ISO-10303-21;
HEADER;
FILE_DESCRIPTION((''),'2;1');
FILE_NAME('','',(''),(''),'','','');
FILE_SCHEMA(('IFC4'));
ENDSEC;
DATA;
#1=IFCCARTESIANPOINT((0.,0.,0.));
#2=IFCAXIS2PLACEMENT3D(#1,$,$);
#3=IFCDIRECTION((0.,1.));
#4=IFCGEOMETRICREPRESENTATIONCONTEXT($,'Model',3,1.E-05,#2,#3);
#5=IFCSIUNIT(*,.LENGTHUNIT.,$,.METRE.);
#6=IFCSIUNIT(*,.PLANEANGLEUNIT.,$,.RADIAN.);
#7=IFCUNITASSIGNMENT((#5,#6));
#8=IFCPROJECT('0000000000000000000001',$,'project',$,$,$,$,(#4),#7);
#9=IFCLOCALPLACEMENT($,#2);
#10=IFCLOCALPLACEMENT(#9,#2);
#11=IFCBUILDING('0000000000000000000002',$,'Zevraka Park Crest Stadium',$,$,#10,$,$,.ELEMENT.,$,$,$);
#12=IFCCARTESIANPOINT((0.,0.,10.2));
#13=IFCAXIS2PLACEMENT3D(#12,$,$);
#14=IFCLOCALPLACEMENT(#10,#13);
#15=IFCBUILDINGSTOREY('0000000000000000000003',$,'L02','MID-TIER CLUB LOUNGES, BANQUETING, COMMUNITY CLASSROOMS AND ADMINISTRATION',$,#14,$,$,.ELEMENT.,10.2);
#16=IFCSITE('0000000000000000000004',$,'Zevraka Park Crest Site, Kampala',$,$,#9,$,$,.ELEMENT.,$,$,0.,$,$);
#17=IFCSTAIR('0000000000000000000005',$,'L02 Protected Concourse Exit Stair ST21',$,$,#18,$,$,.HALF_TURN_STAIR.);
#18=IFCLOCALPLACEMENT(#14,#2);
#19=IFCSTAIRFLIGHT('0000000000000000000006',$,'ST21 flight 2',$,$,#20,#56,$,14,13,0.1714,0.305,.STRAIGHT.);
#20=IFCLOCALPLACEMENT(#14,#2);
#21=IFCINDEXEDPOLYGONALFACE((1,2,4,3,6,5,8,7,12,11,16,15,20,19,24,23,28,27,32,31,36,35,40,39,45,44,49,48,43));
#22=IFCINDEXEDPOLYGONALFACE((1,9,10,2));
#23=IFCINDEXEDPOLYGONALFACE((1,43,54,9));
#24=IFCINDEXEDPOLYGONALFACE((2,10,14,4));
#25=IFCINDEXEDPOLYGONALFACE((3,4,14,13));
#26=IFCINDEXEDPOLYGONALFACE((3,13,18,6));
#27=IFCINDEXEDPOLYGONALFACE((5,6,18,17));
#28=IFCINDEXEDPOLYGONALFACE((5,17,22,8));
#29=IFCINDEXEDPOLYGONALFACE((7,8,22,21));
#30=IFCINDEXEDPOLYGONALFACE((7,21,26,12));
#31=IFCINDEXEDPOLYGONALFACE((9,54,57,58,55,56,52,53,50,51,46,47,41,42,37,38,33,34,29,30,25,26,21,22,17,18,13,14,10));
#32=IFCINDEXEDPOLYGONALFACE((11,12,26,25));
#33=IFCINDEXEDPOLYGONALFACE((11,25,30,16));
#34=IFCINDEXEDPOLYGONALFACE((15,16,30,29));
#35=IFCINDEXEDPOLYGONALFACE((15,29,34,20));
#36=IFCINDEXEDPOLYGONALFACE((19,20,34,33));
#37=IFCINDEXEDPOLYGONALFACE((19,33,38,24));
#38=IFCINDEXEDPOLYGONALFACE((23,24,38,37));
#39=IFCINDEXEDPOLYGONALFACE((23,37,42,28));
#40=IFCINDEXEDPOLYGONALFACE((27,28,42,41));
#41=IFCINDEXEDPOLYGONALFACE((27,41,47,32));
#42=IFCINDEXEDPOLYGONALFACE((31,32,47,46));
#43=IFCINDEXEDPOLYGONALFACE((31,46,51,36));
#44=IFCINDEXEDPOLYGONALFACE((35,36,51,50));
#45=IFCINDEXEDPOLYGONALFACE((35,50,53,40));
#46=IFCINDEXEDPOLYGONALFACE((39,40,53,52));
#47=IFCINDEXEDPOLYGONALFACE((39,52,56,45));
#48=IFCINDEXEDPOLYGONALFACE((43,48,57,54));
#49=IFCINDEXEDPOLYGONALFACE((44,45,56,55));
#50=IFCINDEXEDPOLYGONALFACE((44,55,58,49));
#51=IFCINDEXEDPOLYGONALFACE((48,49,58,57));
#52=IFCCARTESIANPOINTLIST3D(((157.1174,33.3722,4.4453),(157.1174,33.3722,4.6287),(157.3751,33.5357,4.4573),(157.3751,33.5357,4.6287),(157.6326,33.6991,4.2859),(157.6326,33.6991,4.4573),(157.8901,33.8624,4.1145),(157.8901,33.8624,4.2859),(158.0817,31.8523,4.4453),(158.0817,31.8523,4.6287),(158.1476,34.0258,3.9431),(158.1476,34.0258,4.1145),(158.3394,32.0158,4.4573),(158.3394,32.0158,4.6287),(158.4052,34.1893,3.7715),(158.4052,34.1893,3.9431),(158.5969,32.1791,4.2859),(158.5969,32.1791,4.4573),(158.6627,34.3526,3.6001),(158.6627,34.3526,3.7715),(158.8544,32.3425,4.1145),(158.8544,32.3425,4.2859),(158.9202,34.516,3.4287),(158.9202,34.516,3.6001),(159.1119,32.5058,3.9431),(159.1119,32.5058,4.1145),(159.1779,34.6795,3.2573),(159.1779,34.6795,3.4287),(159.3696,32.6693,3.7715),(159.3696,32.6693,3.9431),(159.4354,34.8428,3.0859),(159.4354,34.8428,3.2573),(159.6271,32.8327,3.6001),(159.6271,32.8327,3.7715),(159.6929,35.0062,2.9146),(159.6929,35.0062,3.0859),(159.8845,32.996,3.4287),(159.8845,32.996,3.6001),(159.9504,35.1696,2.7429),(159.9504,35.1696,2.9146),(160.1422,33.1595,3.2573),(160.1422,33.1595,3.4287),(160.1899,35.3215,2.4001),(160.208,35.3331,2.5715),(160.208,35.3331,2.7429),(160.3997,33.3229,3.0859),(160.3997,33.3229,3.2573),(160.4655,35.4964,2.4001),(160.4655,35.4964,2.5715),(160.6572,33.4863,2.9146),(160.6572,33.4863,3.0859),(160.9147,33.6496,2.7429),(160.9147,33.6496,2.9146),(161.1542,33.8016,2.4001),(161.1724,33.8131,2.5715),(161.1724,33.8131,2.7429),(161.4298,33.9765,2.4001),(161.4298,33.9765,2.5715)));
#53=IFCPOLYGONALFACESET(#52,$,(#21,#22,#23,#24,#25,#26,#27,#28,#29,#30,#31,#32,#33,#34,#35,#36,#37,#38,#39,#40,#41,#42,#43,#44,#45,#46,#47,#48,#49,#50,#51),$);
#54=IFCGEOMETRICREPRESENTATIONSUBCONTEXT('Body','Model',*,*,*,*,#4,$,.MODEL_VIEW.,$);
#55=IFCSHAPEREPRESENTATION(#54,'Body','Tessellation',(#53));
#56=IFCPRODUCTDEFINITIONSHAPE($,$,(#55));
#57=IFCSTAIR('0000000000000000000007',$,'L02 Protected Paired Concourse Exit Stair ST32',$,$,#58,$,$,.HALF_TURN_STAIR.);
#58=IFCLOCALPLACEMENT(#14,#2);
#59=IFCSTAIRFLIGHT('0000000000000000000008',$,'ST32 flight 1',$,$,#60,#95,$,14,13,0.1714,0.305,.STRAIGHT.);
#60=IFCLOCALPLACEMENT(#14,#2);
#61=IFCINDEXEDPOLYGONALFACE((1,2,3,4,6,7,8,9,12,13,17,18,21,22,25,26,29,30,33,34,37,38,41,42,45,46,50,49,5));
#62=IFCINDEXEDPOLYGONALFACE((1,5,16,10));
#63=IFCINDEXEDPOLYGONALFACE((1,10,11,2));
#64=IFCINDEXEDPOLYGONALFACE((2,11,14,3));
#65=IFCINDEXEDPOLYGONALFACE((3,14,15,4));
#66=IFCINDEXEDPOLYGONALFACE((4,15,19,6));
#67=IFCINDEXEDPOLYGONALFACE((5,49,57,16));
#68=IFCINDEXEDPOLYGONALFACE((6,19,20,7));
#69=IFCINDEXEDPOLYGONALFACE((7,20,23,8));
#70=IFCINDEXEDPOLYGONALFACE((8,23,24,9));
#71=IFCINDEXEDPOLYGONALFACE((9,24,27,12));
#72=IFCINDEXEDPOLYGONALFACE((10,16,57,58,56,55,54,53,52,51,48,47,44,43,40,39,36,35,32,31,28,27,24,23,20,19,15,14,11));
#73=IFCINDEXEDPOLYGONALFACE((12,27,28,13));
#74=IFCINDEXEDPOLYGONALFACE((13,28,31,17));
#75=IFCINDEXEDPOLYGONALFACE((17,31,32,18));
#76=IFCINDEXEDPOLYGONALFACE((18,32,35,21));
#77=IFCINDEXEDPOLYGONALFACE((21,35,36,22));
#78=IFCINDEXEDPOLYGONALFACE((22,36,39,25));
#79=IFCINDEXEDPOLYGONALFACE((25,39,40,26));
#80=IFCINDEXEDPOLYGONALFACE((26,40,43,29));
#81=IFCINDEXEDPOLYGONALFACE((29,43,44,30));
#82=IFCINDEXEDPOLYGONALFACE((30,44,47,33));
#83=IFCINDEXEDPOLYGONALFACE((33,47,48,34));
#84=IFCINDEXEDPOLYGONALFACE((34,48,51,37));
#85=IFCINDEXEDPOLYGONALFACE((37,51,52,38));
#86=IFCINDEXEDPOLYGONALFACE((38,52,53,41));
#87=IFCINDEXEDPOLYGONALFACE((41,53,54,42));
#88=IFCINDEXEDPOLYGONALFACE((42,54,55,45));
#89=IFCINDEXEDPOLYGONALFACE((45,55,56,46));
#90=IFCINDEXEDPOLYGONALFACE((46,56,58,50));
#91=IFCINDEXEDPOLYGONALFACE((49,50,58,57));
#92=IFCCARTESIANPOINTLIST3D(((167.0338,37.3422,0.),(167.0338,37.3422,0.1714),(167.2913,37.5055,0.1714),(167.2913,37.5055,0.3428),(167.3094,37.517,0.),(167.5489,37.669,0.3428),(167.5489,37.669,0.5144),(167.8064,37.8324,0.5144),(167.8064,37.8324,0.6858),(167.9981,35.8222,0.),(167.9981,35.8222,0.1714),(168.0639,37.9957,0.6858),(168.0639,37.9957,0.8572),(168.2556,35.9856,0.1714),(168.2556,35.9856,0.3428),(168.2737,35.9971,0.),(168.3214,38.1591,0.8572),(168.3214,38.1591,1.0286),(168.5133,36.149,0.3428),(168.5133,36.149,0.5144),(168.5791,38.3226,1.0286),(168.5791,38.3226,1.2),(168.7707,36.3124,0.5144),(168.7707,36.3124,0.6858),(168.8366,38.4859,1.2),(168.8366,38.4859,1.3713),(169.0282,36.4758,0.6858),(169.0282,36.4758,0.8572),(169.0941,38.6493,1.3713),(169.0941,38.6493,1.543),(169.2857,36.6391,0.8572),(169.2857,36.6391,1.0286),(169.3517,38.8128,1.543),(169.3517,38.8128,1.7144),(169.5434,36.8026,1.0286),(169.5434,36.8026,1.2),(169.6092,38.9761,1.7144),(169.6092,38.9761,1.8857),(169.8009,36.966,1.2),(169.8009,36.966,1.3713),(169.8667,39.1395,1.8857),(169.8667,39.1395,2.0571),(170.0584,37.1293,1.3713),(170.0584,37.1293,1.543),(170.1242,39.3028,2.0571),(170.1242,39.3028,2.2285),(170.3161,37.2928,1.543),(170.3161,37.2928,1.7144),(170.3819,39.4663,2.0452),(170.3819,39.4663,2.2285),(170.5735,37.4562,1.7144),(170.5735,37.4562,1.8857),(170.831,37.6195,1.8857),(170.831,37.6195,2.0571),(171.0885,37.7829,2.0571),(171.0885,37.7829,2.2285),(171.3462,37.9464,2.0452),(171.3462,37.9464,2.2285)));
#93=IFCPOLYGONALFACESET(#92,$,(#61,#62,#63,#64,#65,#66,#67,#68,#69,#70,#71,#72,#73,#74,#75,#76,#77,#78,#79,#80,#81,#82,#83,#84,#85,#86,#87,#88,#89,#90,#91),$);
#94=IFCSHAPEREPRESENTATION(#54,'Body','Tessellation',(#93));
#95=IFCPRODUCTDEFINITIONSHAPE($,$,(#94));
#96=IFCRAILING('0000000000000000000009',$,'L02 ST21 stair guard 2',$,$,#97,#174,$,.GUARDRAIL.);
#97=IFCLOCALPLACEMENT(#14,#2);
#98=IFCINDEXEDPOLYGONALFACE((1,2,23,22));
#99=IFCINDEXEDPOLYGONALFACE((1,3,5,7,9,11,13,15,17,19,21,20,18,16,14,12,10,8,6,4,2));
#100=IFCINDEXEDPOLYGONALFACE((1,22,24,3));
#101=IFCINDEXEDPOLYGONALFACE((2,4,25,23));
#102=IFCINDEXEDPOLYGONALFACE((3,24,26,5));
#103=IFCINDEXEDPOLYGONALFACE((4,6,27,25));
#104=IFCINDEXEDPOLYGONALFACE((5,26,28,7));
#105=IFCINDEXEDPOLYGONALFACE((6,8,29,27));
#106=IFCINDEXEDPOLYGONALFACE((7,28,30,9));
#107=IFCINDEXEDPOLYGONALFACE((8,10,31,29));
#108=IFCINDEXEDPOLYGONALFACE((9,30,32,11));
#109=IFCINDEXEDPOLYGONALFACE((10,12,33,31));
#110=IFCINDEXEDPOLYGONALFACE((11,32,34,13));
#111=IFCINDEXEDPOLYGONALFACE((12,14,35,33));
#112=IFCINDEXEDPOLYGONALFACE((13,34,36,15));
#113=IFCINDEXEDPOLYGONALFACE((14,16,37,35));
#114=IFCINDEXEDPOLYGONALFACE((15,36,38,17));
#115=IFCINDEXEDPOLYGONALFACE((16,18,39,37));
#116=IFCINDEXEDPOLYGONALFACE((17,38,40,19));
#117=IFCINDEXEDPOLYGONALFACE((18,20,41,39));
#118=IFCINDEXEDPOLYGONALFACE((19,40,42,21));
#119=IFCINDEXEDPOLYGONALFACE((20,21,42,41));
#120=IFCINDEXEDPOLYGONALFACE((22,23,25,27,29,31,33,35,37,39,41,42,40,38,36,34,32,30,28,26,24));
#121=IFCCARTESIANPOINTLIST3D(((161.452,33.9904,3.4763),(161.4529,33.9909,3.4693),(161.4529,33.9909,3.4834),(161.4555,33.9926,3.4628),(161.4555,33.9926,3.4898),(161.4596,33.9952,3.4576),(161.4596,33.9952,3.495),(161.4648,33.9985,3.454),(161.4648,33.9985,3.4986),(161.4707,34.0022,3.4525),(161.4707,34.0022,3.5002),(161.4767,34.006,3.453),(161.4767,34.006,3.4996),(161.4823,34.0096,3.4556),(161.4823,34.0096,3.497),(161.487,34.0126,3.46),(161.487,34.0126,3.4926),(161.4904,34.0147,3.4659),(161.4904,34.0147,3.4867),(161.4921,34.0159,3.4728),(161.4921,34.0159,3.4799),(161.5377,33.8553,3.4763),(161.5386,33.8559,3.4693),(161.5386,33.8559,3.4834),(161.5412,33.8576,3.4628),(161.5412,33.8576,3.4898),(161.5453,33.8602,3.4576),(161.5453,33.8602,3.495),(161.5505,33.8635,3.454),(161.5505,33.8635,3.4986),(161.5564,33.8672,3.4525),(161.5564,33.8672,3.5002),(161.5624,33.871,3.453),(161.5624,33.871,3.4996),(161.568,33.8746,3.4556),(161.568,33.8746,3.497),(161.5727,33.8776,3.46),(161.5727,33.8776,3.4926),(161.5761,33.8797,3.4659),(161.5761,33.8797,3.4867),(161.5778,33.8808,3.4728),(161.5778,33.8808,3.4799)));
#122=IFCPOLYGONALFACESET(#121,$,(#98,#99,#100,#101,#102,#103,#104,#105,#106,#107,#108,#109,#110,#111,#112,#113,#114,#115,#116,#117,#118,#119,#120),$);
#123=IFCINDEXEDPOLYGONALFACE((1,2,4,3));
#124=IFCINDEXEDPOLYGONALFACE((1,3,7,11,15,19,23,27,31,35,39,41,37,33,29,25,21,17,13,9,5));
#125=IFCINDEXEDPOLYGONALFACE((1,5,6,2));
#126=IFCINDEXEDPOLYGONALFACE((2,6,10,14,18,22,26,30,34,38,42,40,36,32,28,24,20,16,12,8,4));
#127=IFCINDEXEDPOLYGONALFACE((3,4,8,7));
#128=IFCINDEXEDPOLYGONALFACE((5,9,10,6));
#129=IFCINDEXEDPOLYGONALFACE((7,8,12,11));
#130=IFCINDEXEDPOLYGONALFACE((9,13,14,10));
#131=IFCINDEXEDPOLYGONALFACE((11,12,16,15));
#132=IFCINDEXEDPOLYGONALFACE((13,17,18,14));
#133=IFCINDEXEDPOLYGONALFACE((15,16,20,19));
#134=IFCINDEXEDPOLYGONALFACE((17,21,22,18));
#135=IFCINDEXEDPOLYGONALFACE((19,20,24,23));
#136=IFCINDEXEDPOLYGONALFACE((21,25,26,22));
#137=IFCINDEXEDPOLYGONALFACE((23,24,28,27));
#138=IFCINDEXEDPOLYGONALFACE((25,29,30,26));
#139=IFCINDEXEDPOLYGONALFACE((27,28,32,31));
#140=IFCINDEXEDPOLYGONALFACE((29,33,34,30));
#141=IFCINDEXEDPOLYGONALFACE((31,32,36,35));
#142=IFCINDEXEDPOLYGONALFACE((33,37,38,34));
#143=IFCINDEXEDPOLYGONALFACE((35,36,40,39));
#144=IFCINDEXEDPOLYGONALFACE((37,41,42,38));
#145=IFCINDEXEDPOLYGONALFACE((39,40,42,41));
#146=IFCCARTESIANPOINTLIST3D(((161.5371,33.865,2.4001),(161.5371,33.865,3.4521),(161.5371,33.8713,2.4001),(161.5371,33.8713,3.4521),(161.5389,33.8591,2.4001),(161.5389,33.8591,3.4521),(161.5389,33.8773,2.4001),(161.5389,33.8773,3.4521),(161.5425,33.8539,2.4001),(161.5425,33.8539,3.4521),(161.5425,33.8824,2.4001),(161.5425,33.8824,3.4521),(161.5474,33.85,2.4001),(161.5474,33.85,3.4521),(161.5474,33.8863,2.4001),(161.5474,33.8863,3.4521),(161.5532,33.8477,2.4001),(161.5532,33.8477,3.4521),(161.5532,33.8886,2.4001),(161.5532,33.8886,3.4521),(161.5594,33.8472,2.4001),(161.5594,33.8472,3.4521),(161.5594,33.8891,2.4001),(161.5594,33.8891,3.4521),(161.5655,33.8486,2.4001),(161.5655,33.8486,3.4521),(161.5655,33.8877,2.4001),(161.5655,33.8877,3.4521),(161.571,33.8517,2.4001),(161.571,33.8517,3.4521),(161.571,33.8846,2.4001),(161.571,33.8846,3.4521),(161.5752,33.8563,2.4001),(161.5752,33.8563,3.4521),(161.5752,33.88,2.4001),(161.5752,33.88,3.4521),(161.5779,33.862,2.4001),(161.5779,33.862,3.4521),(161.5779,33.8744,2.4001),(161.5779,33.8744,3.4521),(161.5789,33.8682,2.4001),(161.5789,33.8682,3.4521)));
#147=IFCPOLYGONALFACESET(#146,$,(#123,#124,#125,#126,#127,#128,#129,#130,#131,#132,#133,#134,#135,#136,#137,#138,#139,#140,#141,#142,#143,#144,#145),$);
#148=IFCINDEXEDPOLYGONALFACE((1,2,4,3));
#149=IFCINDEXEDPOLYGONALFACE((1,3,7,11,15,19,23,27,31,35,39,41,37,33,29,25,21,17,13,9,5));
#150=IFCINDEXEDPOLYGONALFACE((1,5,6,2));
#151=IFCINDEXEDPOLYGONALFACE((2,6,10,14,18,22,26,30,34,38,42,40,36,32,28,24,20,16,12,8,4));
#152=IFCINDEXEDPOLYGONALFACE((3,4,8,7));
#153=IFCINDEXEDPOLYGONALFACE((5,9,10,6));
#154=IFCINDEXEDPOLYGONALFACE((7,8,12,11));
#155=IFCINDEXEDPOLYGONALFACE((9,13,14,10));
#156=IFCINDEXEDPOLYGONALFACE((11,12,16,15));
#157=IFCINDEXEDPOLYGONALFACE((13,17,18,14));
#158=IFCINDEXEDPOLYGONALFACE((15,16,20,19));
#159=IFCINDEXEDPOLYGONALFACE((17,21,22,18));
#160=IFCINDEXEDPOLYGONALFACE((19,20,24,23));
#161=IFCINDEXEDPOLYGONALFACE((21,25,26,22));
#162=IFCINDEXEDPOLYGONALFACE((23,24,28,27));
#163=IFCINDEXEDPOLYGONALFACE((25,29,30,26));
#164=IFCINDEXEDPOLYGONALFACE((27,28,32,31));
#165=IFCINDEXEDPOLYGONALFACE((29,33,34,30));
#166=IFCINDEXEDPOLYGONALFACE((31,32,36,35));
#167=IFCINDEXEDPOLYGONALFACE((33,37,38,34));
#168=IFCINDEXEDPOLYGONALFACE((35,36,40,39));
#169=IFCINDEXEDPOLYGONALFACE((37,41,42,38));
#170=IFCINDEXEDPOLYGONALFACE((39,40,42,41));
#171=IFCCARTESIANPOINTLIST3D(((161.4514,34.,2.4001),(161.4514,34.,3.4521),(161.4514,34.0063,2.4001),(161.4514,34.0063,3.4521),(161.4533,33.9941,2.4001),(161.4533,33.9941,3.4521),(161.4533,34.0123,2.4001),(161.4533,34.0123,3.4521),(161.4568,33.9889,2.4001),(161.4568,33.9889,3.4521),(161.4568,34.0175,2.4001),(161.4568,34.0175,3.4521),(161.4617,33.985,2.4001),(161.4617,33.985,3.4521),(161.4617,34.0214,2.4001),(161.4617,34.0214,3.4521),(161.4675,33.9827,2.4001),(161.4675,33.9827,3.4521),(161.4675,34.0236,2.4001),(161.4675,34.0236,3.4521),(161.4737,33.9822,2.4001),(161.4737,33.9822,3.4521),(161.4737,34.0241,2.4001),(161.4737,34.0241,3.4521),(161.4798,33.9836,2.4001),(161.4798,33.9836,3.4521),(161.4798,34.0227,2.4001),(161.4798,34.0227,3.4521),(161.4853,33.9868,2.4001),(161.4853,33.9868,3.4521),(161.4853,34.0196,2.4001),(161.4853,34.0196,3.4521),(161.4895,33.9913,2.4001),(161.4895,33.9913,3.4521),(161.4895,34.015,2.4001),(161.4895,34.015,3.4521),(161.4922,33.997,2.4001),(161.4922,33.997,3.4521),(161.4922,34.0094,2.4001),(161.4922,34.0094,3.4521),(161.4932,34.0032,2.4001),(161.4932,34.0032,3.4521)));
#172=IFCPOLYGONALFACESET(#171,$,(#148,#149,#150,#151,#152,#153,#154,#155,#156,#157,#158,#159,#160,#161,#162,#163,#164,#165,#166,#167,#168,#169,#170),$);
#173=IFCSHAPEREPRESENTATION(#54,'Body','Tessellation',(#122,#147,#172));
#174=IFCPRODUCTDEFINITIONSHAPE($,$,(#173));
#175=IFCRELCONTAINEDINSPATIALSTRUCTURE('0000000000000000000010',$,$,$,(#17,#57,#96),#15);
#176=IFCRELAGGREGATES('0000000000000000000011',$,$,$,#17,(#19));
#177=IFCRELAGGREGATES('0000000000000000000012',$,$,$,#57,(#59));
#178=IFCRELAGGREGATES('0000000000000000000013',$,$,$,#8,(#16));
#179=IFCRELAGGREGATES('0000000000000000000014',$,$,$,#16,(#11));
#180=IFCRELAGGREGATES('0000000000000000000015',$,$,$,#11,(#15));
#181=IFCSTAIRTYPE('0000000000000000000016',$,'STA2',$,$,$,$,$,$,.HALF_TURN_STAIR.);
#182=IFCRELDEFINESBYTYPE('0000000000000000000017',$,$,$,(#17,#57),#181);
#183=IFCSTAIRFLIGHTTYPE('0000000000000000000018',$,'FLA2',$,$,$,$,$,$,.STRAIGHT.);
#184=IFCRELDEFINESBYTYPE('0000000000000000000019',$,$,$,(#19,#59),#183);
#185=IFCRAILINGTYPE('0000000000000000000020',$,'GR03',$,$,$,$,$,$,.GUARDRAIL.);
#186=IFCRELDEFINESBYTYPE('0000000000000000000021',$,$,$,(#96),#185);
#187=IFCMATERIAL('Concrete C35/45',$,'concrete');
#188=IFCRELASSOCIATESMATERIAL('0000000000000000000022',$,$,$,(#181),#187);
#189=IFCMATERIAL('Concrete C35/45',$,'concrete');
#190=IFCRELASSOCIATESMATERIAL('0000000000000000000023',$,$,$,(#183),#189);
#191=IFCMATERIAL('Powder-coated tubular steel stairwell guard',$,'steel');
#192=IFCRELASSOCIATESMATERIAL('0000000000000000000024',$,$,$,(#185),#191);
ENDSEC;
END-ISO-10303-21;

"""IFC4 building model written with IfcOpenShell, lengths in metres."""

from ifc_helpers import new_model, si_unit, direction, frame, origin, origin_2d, place, context, subcontext, project, spatial, polyline, circle, outline, extrude, material, type_object, element, aggregate, save


model = new_model("IFC4")

# Units and contexts
model_context = context("Model", 3, precision=1e-05, world=origin(), true_north=direction((0.0, 1.0)))
body_context = subcontext(model_context, "Body", "Model", "MODEL_VIEW")
ifc_project = project(units=[si_unit("LENGTHUNIT", "METRE"), si_unit("PLANEANGLEUNIT", "RADIAN")], contexts=[model_context])

# Site, building, storey
site_placement = place(None, origin())
site = spatial("IfcSite", under=ifc_project, at=site_placement, Name="Zevraka Park Crest Site, Kampala", CompositionType="ELEMENT", RefElevation=0.0)
building_placement = place(site_placement, origin())
building = spatial("IfcBuilding", under=site, at=building_placement, Name="Zevraka Park Crest Stadium", CompositionType="ELEMENT")
storey_placement = place(building_placement, frame((0.0, 0.0, 10.2)))
storey = spatial("IfcBuildingStorey", under=building, at=storey_placement, Name="L02", Description="MID-TIER CLUB LOUNGES, BANQUETING, COMMUNITY CLASSROOMS AND ADMINISTRATION", CompositionType="ELEMENT", Elevation=10.2)

# Stairs, stair flights
ifc_material_1 = material(Name="Concrete C35/45", Category="concrete")
stair_type = type_object("IfcStairType", Name="STA2", PredefinedType="HALF_TURN_STAIR", material=ifc_material_1)
stair_1_placement = place(storey_placement, origin())
stair_1 = element("IfcStair", 1, at=stair_1_placement, inside=storey, type_object=stair_type, Name="L02 Protected Concourse Exit Stair ST21", PredefinedType="HALF_TURN_STAIR")
ifc_material_2 = material(Name="Concrete C35/45", Category="concrete")
stair_flight_type = type_object("IfcStairFlightType", Name="FLA2", PredefinedType="STRAIGHT", material=ifc_material_2)
stair_flight_1_placement = place(storey_placement, frame((160.9478, 34.7363, 2.4001), z_axis=(0.0, 0.0, 1.0), x_axis=(-0.844397, -0.535718, 0.0)))
stair_flight_1 = element("IfcStairFlight", 2, at=stair_flight_1_placement, type_object=stair_flight_type, Name="ST21 flight 2", NumberOfRisers=14, NumberOfTreads=13, PredefinedType="STRAIGHT", RiserHeight=0.1714, TreadLength=0.305, context=body_context, shape_type="SweptSolid", body=[
    extrude(outline(polyline([(0.0, 0.0), (0.0, 0.1714), (0.3049, 0.1714), (0.3049, 0.3428), (0.6101, 0.3428), (0.6101, 0.5144), (0.915, 0.5144), (0.915, 0.6858), (1.22, 0.6858), (1.22, 0.8572), (1.5249, 0.8572), (1.5249, 1.0286), (1.8301, 1.0286), (1.8301, 1.2), (2.135, 1.2), (2.135, 1.3713), (2.4399, 1.3713), (2.4399, 1.543), (2.7451, 1.543), (2.7451, 1.7144), (3.05, 1.7144), (3.05, 1.8857), (3.355, 1.8857), (3.355, 2.0571), (3.6599, 2.0571), (3.6599, 2.2285), (3.9651, 2.2285), (3.9651, 2.3999), (3.9651, 2.0452), (0.3264, 0.0), (0.0, 0.0)])), frame((0.0, 0.8999, 0.0), z_axis=(0.0, -1.0, 0.0), x_axis=(1.0, 0.0, 0.0)), (0.0, 0.0, 1.0), 1.8),
])
aggregate(stair_1, [stair_flight_1])
stair_2_placement = place(storey_placement, origin())
stair_2 = element("IfcStair", 3, at=stair_2_placement, inside=storey, type_object=stair_type, Name="L02 Protected Paired Concourse Exit Stair ST32", PredefinedType="HALF_TURN_STAIR")
stair_flight_2_placement = place(storey_placement, frame((167.5159, 36.5823, 0.0), z_axis=(0.0, 0.0, 1.0), x_axis=(0.844397, 0.535718, 0.0)))
stair_flight_2 = element("IfcStairFlight", 4, at=stair_flight_2_placement, type_object=stair_flight_type, Name="ST32 flight 1", NumberOfRisers=14, NumberOfTreads=13, PredefinedType="STRAIGHT", RiserHeight=0.1714, TreadLength=0.305, context=body_context, shape_type="SweptSolid", body=[
    extrude(outline(polyline([(0.0, 0.0), (0.0, 0.1714), (0.3049, 0.1714), (0.3049, 0.3428), (0.6101, 0.3428), (0.6101, 0.5144), (0.915, 0.5144), (0.915, 0.6858), (1.22, 0.6858), (1.22, 0.8572), (1.5249, 0.8572), (1.5249, 1.0286), (1.8301, 1.0286), (1.8301, 1.2), (2.135, 1.2), (2.135, 1.3713), (2.4399, 1.3713), (2.4399, 1.543), (2.7451, 1.543), (2.7451, 1.7144), (3.05, 1.7144), (3.05, 1.8857), (3.355, 1.8857), (3.355, 2.0571), (3.6599, 2.0571), (3.6599, 2.2285), (3.9651, 2.2285), (3.9651, 2.3999), (3.9651, 2.0452), (0.3264, 0.0), (0.0, 0.0)])), frame((0.0, 0.8999, 0.0), z_axis=(0.0, -1.0, 0.0), x_axis=(1.0, 0.0, 0.0)), (0.0, 0.0, 1.0), 1.8),
])
aggregate(stair_2, [stair_flight_2])

# Railing
ifc_material_3 = material(Name="Powder-coated tubular steel stairwell guard", Category="steel")
railing_type_1 = type_object("IfcRailingType", Name="GR03", PredefinedType="GUARDRAIL", material=ifc_material_3)
railing_1_placement = place(storey_placement, frame((161.5579, 33.8682, 2.4001)))
element("IfcRailing", 5, at=railing_1_placement, inside=storey, type_object=railing_type_1, Name="L02 ST21 stair guard 2", PredefinedType="GUARDRAIL", context=body_context, shape_type="SweptSolid", body=[
    extrude(circle(Radius=0.0239, at=origin_2d()), frame((0.0, 0.0, 1.0762), z_axis=(-0.535887, 0.84429, 0.0), x_axis=(-0.84429, -0.535887, 0.0)), (0.0, 0.0, 1.0), 0.1599),
    extrude(circle(Radius=0.021, at=origin_2d()), origin(), (0.0, 0.0, 1.0), 1.052),
    extrude(circle(Radius=0.021, at=origin_2d()), frame((-0.0857, 0.135, 0.0)), (0.0, 0.0, 1.0), 1.052),
])

save(model, "model.ifc")
